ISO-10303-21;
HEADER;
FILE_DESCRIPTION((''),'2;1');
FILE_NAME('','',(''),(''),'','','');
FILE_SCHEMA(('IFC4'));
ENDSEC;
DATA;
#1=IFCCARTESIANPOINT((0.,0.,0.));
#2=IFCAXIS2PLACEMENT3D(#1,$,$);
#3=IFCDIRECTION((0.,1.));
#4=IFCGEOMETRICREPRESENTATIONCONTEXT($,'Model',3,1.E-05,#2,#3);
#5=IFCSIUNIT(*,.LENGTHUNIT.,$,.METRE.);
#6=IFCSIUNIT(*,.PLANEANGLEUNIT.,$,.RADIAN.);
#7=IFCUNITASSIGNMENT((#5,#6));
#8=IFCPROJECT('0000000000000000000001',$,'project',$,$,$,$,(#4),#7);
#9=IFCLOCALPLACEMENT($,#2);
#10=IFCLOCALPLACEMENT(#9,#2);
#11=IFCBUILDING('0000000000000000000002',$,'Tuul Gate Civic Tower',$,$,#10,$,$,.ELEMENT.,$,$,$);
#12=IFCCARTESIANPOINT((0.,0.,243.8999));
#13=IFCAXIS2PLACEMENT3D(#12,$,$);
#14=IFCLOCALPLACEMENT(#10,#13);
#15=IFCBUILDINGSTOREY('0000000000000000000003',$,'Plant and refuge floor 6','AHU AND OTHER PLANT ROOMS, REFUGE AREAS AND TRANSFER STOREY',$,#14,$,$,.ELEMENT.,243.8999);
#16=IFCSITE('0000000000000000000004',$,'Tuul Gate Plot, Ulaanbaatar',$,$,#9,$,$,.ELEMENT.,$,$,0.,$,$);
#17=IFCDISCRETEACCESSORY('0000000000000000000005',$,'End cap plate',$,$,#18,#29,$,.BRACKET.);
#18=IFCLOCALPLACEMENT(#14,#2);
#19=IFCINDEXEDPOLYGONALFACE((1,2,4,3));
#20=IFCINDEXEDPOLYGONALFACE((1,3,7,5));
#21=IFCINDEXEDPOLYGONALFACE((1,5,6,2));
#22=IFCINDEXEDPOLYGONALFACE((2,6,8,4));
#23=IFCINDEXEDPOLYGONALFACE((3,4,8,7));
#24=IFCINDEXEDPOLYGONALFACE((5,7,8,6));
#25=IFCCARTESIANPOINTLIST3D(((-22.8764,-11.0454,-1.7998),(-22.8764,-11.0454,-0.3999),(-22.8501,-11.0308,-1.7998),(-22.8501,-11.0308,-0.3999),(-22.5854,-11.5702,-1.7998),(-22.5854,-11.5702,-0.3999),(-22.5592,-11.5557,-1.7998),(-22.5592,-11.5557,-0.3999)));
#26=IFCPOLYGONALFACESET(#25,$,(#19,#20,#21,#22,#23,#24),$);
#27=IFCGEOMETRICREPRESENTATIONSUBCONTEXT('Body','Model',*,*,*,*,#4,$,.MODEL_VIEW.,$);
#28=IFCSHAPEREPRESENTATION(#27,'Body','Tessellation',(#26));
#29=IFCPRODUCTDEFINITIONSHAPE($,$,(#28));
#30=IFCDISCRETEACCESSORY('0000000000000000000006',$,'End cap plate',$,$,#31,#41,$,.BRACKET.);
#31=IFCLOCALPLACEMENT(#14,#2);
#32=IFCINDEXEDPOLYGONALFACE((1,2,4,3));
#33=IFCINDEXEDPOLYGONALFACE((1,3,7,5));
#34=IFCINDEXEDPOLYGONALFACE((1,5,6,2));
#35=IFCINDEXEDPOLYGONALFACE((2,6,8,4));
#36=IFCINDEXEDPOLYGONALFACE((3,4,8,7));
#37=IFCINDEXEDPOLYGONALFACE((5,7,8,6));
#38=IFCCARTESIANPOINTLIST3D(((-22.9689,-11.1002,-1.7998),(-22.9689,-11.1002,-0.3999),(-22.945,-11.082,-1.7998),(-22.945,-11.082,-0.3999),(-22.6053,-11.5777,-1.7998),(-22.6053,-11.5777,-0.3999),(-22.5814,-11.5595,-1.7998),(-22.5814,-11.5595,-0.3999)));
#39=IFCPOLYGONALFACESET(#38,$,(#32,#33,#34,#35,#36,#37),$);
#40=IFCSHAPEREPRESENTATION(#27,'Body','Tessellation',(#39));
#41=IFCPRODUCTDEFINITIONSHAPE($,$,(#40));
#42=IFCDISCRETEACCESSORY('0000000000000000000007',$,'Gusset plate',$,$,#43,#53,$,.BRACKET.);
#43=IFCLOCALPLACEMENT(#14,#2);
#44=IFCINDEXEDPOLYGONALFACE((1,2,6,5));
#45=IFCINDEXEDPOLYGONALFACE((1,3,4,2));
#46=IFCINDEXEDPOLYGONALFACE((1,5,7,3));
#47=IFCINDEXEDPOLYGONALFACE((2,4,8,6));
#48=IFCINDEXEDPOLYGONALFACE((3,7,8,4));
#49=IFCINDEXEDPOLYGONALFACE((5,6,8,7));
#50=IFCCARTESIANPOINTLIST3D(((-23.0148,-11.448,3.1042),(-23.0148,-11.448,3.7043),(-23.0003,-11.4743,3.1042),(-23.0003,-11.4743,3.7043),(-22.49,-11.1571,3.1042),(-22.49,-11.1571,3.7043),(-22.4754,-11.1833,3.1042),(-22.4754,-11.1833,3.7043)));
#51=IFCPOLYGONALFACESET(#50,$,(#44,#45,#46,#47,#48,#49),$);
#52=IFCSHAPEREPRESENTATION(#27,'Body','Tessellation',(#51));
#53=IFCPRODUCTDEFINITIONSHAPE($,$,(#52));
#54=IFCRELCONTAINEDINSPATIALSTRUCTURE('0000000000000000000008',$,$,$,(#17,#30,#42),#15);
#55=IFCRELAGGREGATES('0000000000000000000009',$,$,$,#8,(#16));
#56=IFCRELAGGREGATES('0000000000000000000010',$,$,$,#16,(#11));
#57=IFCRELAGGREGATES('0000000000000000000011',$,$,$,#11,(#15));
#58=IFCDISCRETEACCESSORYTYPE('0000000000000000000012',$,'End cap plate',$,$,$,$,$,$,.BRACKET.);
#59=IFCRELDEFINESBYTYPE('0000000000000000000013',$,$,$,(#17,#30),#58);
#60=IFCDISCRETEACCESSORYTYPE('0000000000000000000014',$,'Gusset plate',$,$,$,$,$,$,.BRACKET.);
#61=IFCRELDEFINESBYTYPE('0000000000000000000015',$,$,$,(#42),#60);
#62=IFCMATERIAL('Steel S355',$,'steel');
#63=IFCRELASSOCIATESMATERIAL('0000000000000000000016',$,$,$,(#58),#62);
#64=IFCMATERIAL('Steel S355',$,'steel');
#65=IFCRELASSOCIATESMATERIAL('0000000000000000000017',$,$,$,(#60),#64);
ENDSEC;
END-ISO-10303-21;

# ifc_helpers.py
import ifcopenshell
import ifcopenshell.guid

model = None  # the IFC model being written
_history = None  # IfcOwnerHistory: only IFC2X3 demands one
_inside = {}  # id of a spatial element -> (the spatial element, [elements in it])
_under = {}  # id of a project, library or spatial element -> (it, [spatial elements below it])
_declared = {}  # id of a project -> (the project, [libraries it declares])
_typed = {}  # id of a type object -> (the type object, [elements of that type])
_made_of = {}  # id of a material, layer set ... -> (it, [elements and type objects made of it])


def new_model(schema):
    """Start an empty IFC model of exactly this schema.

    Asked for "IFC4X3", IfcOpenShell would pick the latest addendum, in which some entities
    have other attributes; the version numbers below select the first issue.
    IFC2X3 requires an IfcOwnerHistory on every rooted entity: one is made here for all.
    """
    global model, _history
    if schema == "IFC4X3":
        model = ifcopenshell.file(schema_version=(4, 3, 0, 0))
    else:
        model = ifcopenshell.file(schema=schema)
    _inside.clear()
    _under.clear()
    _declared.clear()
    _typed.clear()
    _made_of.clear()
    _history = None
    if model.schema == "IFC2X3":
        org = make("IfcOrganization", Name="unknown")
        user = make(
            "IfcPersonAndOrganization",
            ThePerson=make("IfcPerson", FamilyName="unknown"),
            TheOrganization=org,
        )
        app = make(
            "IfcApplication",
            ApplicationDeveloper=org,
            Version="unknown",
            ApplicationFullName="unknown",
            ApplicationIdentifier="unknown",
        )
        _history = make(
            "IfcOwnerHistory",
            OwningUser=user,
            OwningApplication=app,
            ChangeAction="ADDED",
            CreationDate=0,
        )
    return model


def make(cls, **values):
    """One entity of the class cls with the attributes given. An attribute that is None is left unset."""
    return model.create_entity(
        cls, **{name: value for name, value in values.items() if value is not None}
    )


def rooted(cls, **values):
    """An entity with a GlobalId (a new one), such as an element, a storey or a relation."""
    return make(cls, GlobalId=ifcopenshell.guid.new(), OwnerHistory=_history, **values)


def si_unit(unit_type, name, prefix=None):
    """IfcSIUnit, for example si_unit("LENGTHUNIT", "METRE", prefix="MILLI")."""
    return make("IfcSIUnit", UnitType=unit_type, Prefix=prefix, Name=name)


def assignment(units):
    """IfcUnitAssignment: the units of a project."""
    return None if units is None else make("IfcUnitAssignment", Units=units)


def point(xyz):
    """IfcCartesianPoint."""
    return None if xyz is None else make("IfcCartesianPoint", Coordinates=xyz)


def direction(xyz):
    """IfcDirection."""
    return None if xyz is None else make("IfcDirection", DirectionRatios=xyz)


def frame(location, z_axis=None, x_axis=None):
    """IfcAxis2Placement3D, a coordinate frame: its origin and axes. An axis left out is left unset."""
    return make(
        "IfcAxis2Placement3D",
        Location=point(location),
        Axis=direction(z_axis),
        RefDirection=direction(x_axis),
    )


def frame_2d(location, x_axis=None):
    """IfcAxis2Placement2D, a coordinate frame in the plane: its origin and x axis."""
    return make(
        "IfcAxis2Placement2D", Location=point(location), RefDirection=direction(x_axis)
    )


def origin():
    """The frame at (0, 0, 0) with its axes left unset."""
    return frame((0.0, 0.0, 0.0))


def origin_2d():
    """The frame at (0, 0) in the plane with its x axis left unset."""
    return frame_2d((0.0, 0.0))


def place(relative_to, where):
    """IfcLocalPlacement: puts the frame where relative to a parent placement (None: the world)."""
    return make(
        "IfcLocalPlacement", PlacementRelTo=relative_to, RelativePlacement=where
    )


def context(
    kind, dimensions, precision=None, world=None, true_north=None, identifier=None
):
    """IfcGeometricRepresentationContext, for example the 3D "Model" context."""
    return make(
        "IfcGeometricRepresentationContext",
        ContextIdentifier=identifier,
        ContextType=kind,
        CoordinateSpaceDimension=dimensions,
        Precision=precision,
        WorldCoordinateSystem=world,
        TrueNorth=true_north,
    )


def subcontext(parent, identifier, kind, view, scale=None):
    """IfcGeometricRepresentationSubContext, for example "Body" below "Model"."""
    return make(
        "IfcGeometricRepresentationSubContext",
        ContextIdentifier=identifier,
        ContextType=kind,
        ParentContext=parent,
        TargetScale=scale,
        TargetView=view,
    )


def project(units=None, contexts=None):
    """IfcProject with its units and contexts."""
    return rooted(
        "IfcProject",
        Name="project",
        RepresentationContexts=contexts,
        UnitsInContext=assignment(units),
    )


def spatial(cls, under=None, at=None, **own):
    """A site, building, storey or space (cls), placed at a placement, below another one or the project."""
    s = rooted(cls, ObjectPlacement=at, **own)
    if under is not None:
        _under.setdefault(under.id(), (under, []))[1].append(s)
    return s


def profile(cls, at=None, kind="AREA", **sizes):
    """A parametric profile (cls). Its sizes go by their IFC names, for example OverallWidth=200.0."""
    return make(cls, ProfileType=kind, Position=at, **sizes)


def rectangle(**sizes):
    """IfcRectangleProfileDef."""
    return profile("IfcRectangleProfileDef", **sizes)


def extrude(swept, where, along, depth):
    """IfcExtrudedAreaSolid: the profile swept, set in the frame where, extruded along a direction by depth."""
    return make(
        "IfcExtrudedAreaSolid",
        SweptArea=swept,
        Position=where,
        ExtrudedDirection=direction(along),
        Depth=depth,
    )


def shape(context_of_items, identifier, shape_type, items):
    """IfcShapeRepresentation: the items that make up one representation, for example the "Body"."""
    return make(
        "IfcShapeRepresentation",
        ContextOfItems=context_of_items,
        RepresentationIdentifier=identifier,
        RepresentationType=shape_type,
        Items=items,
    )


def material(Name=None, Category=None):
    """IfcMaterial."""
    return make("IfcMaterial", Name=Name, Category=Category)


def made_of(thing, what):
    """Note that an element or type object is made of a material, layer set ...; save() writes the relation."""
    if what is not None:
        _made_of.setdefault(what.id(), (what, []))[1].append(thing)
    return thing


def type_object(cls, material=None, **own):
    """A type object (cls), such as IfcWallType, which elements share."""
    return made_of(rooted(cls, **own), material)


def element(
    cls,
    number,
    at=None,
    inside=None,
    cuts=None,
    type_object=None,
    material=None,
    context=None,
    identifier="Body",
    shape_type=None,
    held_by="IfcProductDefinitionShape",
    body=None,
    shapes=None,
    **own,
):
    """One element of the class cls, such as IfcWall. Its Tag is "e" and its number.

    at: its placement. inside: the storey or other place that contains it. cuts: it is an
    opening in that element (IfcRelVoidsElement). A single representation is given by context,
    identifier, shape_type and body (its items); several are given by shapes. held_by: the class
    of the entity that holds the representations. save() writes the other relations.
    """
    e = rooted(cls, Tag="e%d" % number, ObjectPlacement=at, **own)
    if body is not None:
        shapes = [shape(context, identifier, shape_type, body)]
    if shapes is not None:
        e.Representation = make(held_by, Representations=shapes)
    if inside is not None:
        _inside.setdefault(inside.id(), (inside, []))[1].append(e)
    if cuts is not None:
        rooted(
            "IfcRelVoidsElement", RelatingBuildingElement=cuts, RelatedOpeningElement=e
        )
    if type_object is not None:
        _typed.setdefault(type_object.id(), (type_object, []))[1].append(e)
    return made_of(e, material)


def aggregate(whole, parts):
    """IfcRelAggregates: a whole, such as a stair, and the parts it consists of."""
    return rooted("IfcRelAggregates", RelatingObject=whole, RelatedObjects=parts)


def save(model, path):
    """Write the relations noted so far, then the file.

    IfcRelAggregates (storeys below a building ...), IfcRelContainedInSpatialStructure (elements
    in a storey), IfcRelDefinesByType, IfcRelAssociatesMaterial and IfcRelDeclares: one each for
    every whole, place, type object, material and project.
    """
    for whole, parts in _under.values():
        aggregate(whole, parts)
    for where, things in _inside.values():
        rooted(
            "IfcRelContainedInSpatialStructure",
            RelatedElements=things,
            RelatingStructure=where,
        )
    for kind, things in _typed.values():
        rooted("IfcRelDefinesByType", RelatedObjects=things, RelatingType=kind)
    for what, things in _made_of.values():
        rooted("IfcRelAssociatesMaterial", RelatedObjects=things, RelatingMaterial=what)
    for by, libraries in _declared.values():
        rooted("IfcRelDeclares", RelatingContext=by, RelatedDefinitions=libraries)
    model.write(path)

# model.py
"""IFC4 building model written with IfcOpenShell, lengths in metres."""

from ifc_helpers import new_model, si_unit, direction, frame, origin, origin_2d, place, context, subcontext, project, spatial, rectangle, extrude, material, type_object, element, save


model = new_model("IFC4")

# Units and contexts
model_context = context("Model", 3, precision=1e-05, world=origin(), true_north=direction((0.0, 1.0)))
body_context = subcontext(model_context, "Body", "Model", "MODEL_VIEW")
ifc_project = project(units=[si_unit("LENGTHUNIT", "METRE"), si_unit("PLANEANGLEUNIT", "RADIAN")], contexts=[model_context])

# Site, building, storey
site_placement = place(None, origin())
site = spatial("IfcSite", under=ifc_project, at=site_placement, Name="Tuul Gate Plot, Ulaanbaatar", CompositionType="ELEMENT", RefElevation=0.0)
building_placement = place(site_placement, origin())
building = spatial("IfcBuilding", under=site, at=building_placement, Name="Tuul Gate Civic Tower", CompositionType="ELEMENT")
storey_placement = place(building_placement, frame((0.0, 0.0, 243.8999)))
storey = spatial("IfcBuildingStorey", under=building, at=storey_placement, Name="Plant and refuge floor 6", Description="AHU AND OTHER PLANT ROOMS, REFUGE AREAS AND TRANSFER STOREY", CompositionType="ELEMENT", Elevation=243.8999)

# Discrete accessories
ifc_material_1 = material(Name="Steel S355", Category="steel")
discrete_accessory_type_1 = type_object("IfcDiscreteAccessoryType", Name="End cap plate", PredefinedType="BRACKET", material=ifc_material_1)
for number, where, z_axis, x_axis, name in (
    (1, (-22.7178, -11.3005, -1.7998), (0.0, 0.0, 1.0), (0.874598, 0.484849, 0.0), "End cap plate"),
    (2, (-22.7751, -11.3298, -1.7998), (0.0, 0.0, 1.0), (0.795616, 0.605801, 0.0), "End cap plate"),
):
    element("IfcDiscreteAccessory", number, at=place(storey_placement, frame(where, z_axis=z_axis, x_axis=x_axis)), inside=storey, type_object=discrete_accessory_type_1, Name=name, PredefinedType="BRACKET", context=body_context, shape_type="SweptSolid", body=[
        extrude(rectangle(XDim=0.03, YDim=0.6001, at=origin_2d()), origin(), (0.0, 0.0, 1.0), 1.3999),
    ])
ifc_material_2 = material(Name="Steel S355", Category="steel")
discrete_accessory_type_2 = type_object("IfcDiscreteAccessoryType", Name="Gusset plate", PredefinedType="BRACKET", material=ifc_material_2)
discrete_accessory_placement = place(storey_placement, frame((-22.7451, -11.3157, 3.1042), z_axis=(0.0, 0.0, 1.0), x_axis=(0.874598, 0.484849, 0.0)))
element("IfcDiscreteAccessory", 3, at=discrete_accessory_placement, inside=storey, type_object=discrete_accessory_type_2, Name="Gusset plate", PredefinedType="BRACKET", context=body_context, shape_type="SweptSolid", body=[
    extrude(rectangle(XDim=0.6001, YDim=0.03, at=origin_2d()), origin(), (0.0, 0.0, 1.0), 0.6001),
])

save(model, "model.ifc")
